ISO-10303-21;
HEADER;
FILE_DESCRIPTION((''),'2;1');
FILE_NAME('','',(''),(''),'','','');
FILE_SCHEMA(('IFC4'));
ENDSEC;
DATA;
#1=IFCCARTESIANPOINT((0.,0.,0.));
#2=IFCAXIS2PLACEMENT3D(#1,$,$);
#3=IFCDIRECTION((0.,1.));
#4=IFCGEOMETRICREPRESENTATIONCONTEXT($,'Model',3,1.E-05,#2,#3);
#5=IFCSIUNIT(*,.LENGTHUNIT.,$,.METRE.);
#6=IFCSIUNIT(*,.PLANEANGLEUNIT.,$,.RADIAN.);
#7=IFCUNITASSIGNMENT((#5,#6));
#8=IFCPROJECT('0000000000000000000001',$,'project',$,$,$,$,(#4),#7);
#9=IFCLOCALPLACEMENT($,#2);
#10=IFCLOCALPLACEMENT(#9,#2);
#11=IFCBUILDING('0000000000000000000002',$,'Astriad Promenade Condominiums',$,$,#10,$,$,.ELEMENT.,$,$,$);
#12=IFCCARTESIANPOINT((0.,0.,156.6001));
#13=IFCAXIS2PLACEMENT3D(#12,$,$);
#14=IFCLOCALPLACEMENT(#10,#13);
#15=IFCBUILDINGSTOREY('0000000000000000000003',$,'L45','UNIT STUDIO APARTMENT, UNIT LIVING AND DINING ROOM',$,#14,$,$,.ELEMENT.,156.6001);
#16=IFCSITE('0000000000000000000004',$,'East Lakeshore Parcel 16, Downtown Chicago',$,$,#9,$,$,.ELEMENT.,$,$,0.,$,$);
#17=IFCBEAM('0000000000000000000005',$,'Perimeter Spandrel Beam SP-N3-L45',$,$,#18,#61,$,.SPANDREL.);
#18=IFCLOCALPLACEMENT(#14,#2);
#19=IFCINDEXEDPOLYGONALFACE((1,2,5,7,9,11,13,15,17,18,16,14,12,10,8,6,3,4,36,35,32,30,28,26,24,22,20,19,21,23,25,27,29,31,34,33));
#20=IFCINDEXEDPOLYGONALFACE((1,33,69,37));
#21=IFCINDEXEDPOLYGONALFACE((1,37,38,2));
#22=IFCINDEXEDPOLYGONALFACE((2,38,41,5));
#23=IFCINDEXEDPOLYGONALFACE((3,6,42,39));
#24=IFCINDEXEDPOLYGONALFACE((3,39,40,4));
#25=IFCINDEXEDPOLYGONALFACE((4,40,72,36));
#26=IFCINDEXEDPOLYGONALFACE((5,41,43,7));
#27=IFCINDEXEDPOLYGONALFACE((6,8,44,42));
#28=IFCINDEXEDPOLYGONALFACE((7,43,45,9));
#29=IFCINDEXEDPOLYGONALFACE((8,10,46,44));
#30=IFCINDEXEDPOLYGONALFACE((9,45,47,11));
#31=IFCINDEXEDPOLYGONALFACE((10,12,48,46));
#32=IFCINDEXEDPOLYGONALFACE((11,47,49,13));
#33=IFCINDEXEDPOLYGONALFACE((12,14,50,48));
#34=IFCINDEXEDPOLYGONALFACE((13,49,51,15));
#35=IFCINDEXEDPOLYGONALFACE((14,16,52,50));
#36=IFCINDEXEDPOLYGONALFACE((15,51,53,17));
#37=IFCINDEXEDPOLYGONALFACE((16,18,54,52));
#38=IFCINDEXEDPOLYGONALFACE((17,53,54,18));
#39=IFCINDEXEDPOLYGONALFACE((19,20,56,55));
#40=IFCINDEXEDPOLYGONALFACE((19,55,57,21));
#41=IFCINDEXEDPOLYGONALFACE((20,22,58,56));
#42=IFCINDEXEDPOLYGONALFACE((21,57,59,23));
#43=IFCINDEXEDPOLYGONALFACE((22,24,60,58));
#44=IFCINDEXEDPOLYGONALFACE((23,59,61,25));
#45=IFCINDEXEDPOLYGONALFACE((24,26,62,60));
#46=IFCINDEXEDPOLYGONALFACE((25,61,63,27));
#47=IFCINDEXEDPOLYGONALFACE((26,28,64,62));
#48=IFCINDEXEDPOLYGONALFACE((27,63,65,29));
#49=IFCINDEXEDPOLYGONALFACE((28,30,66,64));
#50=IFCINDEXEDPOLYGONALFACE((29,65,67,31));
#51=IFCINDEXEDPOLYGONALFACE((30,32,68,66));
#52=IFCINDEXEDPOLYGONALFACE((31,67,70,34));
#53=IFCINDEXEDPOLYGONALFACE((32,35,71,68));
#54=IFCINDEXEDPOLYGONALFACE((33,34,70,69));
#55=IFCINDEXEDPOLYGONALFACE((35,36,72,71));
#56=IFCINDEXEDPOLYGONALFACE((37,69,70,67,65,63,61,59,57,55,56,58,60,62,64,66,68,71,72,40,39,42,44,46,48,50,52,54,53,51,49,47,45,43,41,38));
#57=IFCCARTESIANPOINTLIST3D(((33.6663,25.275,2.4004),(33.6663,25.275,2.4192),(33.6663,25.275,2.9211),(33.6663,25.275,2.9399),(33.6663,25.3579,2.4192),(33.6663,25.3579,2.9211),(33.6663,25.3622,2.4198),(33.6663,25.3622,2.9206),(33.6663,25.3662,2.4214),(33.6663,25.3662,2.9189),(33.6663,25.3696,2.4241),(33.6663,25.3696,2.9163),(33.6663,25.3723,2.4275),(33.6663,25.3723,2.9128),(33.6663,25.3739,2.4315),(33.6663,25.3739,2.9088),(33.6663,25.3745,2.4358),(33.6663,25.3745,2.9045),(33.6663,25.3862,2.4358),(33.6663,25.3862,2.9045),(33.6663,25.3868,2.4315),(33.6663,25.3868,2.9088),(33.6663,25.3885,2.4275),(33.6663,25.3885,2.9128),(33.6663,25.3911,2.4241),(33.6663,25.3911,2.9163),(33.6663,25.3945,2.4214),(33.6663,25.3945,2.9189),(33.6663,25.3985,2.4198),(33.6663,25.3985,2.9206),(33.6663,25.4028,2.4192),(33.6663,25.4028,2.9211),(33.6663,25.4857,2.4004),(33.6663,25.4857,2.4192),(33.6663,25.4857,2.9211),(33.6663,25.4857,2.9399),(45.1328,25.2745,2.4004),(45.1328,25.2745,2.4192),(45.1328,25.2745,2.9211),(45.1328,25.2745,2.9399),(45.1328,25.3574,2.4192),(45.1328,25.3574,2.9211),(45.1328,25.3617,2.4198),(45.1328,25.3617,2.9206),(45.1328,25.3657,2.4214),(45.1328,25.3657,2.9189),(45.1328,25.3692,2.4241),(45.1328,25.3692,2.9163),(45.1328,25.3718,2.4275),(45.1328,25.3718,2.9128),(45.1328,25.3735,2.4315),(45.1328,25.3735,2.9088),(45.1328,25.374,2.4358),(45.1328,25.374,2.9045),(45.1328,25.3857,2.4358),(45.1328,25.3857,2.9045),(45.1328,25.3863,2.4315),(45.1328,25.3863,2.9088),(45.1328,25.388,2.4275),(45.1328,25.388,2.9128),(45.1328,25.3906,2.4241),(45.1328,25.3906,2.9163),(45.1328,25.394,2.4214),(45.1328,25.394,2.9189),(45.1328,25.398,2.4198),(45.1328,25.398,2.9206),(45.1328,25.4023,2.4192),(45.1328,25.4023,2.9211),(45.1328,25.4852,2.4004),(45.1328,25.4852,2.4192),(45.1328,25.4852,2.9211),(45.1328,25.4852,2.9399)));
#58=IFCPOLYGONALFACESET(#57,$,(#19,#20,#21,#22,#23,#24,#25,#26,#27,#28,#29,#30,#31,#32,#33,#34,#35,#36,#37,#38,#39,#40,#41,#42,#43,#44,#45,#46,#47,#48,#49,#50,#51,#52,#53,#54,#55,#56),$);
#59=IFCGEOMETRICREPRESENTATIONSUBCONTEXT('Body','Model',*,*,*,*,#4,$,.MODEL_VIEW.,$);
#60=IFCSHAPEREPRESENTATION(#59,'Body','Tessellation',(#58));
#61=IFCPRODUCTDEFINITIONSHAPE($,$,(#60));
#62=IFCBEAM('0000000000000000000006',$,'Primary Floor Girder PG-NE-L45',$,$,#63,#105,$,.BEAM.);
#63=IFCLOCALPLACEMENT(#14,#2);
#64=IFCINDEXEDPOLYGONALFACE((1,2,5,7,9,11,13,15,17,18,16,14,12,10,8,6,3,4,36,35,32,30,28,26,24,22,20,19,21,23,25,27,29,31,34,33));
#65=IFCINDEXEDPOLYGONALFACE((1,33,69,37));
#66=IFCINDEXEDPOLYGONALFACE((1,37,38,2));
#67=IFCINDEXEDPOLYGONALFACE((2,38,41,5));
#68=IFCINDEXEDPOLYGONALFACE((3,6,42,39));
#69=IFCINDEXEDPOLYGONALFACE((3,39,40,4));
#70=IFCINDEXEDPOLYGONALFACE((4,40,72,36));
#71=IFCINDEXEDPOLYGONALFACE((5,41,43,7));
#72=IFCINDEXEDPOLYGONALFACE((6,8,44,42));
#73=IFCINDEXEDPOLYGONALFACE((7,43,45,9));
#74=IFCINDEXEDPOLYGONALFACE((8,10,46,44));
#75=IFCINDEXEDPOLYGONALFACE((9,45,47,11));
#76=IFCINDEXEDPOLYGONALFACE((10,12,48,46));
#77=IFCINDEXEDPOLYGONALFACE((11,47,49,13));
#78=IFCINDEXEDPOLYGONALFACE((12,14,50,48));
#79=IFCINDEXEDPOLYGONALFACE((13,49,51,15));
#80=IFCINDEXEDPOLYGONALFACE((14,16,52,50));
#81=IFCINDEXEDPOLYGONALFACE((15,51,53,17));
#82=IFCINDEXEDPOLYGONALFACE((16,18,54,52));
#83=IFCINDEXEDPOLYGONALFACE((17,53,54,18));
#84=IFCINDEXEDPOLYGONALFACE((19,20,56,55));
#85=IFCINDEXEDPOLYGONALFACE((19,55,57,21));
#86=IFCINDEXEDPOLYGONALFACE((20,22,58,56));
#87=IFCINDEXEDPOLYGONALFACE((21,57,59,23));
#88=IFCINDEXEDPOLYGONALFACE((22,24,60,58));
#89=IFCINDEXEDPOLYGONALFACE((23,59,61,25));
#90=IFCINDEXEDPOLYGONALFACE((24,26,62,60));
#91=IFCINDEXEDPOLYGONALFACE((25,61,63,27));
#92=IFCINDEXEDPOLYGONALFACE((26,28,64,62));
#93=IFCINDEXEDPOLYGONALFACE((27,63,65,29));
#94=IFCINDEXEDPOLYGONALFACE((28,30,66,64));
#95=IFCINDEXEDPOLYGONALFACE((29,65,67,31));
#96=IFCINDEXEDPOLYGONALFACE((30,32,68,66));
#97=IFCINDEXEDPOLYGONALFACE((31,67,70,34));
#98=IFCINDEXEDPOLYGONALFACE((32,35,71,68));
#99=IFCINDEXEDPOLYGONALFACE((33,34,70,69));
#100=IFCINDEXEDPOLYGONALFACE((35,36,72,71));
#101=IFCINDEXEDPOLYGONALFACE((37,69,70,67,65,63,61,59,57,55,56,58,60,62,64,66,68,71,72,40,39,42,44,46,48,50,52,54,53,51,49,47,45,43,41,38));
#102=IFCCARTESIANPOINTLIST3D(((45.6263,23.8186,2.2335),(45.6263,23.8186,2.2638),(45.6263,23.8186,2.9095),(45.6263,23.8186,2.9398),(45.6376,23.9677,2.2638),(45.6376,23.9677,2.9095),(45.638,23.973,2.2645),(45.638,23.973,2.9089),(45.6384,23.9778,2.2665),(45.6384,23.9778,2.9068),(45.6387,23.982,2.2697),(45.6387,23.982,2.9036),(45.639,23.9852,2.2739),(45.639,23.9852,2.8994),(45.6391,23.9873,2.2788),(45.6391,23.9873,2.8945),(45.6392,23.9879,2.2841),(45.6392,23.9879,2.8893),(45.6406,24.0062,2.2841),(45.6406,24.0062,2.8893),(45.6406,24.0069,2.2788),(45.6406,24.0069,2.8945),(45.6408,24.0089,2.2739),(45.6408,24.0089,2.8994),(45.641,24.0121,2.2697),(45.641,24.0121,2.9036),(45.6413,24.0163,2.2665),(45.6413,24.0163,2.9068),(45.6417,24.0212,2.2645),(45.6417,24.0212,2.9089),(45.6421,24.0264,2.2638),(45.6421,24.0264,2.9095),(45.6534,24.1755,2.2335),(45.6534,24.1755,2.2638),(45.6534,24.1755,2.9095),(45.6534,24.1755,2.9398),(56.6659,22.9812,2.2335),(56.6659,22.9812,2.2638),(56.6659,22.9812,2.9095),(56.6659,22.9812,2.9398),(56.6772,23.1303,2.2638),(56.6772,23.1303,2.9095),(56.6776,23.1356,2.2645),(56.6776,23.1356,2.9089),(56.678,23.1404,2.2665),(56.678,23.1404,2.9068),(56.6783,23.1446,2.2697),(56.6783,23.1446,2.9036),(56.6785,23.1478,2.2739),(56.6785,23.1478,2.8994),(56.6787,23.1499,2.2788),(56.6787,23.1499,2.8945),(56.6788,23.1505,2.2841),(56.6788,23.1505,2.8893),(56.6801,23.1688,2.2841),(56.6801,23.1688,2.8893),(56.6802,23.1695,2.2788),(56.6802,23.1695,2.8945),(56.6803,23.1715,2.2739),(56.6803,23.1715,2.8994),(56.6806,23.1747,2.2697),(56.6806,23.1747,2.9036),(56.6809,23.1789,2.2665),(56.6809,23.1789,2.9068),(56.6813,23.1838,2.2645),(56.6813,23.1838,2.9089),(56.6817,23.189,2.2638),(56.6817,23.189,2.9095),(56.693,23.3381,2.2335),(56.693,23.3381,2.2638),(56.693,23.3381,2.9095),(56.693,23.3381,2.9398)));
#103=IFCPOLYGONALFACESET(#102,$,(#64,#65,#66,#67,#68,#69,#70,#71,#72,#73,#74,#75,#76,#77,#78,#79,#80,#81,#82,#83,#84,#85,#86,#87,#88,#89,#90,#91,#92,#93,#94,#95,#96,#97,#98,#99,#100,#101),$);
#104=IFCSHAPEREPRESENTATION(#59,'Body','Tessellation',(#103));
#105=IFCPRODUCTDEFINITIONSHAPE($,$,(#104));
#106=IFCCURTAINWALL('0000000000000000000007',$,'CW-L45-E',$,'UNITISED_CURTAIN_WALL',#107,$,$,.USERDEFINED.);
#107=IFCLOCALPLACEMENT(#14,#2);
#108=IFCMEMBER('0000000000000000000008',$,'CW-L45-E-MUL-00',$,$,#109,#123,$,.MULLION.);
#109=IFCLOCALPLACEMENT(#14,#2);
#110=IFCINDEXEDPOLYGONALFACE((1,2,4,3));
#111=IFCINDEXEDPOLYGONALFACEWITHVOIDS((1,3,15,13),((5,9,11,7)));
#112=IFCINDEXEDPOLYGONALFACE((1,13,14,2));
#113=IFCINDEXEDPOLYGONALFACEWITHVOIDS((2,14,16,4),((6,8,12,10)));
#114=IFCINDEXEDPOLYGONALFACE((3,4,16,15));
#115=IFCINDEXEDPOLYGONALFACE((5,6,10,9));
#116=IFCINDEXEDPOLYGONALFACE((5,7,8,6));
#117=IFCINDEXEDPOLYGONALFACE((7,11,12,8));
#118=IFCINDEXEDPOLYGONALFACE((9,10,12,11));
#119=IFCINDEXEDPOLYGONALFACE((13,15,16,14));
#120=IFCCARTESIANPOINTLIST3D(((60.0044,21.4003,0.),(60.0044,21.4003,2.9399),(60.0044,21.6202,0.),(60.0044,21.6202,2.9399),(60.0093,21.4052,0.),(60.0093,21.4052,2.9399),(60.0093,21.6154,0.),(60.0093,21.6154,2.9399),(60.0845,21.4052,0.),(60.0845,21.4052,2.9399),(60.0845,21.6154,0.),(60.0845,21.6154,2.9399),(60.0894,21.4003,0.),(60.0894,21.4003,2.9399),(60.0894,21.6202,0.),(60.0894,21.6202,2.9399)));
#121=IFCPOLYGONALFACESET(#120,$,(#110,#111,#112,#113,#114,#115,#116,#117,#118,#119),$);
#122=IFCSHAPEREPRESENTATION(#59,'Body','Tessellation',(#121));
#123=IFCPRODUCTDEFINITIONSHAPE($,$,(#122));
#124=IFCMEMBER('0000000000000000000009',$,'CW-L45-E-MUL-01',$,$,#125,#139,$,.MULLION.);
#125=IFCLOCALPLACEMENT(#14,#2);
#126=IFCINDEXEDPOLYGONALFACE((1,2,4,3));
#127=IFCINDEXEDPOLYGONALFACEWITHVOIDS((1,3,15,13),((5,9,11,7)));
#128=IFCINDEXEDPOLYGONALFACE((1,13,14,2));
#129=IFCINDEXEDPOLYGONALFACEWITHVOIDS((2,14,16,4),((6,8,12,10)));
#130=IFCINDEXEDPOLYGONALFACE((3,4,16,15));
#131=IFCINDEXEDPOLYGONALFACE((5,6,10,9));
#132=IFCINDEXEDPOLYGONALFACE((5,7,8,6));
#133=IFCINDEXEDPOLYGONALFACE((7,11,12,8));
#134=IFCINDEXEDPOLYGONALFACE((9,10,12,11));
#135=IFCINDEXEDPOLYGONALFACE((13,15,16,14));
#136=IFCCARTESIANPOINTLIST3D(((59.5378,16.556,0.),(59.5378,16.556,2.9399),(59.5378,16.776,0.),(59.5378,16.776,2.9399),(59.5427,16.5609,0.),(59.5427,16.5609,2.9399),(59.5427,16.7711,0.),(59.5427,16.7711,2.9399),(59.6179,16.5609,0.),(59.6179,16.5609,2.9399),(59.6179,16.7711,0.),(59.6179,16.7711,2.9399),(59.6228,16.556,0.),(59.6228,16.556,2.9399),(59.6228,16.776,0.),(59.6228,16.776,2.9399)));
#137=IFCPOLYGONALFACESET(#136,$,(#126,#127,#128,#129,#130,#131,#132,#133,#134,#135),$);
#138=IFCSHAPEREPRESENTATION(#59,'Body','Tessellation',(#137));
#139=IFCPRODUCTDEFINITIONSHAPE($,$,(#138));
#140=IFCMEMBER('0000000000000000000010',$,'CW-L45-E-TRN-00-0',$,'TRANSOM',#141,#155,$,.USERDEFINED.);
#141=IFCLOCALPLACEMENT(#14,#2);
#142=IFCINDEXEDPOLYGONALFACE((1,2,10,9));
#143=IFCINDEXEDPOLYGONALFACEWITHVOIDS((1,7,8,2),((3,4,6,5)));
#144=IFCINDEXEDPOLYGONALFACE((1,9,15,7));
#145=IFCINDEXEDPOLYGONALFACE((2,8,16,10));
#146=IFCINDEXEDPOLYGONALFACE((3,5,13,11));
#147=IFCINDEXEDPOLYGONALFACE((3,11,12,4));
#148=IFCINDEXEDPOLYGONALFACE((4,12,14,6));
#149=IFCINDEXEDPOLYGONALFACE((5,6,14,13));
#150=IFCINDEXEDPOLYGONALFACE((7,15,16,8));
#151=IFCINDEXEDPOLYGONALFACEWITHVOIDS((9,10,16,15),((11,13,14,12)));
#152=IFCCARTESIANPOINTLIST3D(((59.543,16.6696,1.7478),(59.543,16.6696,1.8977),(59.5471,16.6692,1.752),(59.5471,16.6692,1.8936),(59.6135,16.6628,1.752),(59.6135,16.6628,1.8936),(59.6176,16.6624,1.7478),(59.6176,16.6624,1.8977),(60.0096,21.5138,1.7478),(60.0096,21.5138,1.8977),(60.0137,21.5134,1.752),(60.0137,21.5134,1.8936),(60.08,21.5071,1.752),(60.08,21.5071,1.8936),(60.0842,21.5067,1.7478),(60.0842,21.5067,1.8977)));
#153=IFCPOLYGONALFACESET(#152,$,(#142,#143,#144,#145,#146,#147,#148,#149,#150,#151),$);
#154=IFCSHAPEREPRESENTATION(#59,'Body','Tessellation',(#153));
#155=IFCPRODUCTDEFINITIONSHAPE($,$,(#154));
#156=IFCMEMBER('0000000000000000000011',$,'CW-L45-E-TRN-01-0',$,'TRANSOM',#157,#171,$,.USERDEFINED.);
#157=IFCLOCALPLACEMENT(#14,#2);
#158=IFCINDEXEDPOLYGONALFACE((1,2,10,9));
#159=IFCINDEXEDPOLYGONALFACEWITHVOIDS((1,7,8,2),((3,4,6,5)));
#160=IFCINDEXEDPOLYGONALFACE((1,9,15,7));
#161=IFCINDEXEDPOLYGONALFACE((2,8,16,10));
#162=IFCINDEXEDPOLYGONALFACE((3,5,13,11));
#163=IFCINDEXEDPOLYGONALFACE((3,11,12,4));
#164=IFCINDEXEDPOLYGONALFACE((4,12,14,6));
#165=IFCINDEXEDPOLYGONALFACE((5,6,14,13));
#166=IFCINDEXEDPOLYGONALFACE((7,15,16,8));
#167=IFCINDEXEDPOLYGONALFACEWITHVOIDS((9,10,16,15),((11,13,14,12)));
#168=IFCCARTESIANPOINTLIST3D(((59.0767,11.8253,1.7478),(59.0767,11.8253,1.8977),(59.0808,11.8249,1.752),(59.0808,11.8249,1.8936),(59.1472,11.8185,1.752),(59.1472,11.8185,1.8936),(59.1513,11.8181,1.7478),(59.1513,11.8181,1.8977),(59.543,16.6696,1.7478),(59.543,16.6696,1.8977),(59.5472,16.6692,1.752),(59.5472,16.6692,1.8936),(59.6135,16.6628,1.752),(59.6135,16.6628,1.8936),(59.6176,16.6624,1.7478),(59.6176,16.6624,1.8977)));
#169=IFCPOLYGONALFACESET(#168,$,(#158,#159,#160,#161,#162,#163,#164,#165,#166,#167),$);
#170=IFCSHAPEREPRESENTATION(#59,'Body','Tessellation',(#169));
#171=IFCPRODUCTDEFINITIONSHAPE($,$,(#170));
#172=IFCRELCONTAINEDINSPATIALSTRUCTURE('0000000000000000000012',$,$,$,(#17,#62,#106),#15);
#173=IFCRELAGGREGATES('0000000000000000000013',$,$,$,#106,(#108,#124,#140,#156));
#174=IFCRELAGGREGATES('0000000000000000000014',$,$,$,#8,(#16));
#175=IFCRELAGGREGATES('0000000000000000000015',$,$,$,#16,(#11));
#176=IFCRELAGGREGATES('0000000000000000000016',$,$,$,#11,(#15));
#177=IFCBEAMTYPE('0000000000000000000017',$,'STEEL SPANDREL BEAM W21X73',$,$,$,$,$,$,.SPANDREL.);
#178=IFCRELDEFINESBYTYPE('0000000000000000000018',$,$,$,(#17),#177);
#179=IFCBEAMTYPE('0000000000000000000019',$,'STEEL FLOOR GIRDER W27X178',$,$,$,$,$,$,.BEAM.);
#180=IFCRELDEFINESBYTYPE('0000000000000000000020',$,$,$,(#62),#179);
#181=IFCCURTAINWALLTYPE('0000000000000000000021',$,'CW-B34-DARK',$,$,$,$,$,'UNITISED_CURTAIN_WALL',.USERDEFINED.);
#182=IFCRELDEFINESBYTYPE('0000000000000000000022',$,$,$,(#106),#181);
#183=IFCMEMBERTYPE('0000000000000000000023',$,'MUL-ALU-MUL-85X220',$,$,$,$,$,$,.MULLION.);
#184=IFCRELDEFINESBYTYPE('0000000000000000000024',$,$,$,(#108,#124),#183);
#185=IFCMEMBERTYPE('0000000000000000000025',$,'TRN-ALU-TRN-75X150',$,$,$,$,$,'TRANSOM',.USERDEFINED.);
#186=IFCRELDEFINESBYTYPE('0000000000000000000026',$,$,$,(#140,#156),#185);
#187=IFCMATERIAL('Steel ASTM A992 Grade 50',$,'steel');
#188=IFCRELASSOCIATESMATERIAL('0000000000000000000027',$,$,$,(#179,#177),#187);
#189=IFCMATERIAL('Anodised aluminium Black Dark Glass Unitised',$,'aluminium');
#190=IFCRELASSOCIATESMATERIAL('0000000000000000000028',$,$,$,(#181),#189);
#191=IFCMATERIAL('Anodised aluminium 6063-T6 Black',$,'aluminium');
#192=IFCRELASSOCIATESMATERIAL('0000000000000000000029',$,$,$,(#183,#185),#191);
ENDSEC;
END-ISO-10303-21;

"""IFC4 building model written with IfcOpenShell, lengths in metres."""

from ifc_helpers import new_model, si_unit, direction, frame, origin, origin_2d, place, context, subcontext, project, spatial, hollow_rectangle, i_section, extrude, source, transform, mapped, material, material_profile, profile_set, type_object, type_shapes, element, aggregate, save


model = new_model("IFC4")

# Units and contexts
model_context = context("Model", 3, precision=1e-05, world=origin(), true_north=direction((0.0, 1.0)))
body_context = subcontext(model_context, "Body", "Model", "MODEL_VIEW")
ifc_project = project(units=[si_unit("LENGTHUNIT", "METRE"), si_unit("PLANEANGLEUNIT", "RADIAN")], contexts=[model_context])

# Site, building, storey
site_placement = place(None, origin())
site = spatial("IfcSite", under=ifc_project, at=site_placement, Name="East Lakeshore Parcel 16, Downtown Chicago", CompositionType="ELEMENT", RefElevation=0.0)
building_placement = place(site_placement, origin())
building = spatial("IfcBuilding", under=site, at=building_placement, Name="Astriad Promenade Condominiums", CompositionType="ELEMENT")
storey_placement = place(building_placement, frame((0.0, 0.0, 156.6001)))
storey = spatial("IfcBuildingStorey", under=building, at=storey_placement, Name="L45", Description="UNIT STUDIO APARTMENT, UNIT LIVING AND DINING ROOM", CompositionType="ELEMENT", Elevation=156.6001)

# Shared definitions
ifc_material_1 = material(Name="Steel ASTM A992 Grade 50", Category="steel")

# Beams
ifc_material_profile_1 = material_profile(ifc_material_1, i_section(OverallWidth=0.3579, OverallDepth=0.7063, WebThickness=0.0183, FlangeThickness=0.0303, FilletRadius=0.0203, at=origin_2d()), Name="W27X178")
ifc_profile_set_1 = profile_set([ifc_material_profile_1], Name="Steel ASTM A992 Grade 50")
beam_type_1 = type_object("IfcBeamType", Name="STEEL FLOOR GIRDER W27X178", PredefinedType="BEAM", material=ifc_profile_set_1)
ifc_material_profile_2 = material_profile(ifc_material_1, i_section(OverallWidth=0.2107, OverallDepth=0.5396, WebThickness=0.0117, FlangeThickness=0.0188, FilletRadius=0.0166, at=origin_2d()), Name="W21X73")
ifc_profile_set_2 = profile_set([ifc_material_profile_2], Name="Steel ASTM A992 Grade 50")
beam_type_2 = type_object("IfcBeamType", Name="STEEL SPANDREL BEAM W21X73", PredefinedType="SPANDREL", material=ifc_profile_set_2)
shared_shape_1 = source(origin(), body_context, "Body", "SweptSolid", [
    extrude(i_section(OverallWidth=0.2107, OverallDepth=0.5396, WebThickness=0.0117, FlangeThickness=0.0188, FilletRadius=0.0166, at=origin_2d()), origin(), (0.0, 0.0, 1.0), 11.4666),
])
type_shapes(beam_type_2, [shared_shape_1])
beam_1_placement = place(storey_placement, frame((45.1328, 25.3799, 2.6702), z_axis=(-1.0, 0.000043, 0.0), x_axis=(-0.000043, -1.0, 0.0)))
element("IfcBeam", 1, at=beam_1_placement, inside=storey, type_object=beam_type_2, Name="Perimeter Spandrel Beam SP-N3-L45", PredefinedType="SPANDREL", context=body_context, shape_type="MappedRepresentation", body=[
    mapped(shared_shape_1, transform((0.0, 0.0, 0.0), scale=1.0)),
])
shared_shape_2 = source(origin(), body_context, "Body", "SweptSolid", [
    extrude(i_section(OverallWidth=0.3579, OverallDepth=0.7063, WebThickness=0.0183, FlangeThickness=0.0303, FilletRadius=0.0203, at=origin_2d()), origin(), (0.0, 0.0, 1.0), 11.0713),
])
beam_2_placement = place(storey_placement, frame((56.6794, 23.1597, 2.5867), z_axis=(-0.997135, 0.075637, 0.0), x_axis=(-0.075637, -0.997135, 0.0)))
element("IfcBeam", 2, at=beam_2_placement, inside=storey, type_object=beam_type_1, Name="Primary Floor Girder PG-NE-L45", PredefinedType="BEAM", context=body_context, shape_type="MappedRepresentation", body=[
    mapped(shared_shape_2, transform((0.0, 0.0, 0.0), scale=1.0)),
])

# Curtain wall, members
ifc_material_2 = material(Name="Anodised aluminium Black Dark Glass Unitised", Category="aluminium")
curtain_wall_type = type_object("IfcCurtainWallType", Name="CW-B34-DARK", ElementType="UNITISED_CURTAIN_WALL", PredefinedType="USERDEFINED", material=ifc_material_2)
curtain_wall_placement = place(storey_placement, origin())
curtain_wall = element("IfcCurtainWall", 3, at=curtain_wall_placement, inside=storey, type_object=curtain_wall_type, Name="CW-L45-E", ObjectType="UNITISED_CURTAIN_WALL", PredefinedType="USERDEFINED")
ifc_material_3 = material(Name="Anodised aluminium 6063-T6 Black", Category="aluminium")
ifc_material_profile_3 = material_profile(ifc_material_3, hollow_rectangle(XDim=0.085, YDim=0.22, WallThickness=0.0049, at=origin_2d()), Name="ALU-MUL-85X220")
ifc_profile_set_3 = profile_set([ifc_material_profile_3], Name="Anodised aluminium 6063-T6 Black")
member_type_1 = type_object("IfcMemberType", Name="MUL-ALU-MUL-85X220", PredefinedType="MULLION", material=ifc_profile_set_3)
shared_shape_3 = source(origin(), body_context, "Body", "SweptSolid", [
    extrude(hollow_rectangle(XDim=0.085, YDim=0.22, WallThickness=0.0049, at=origin_2d()), origin(), (0.0, 0.0, 1.0), 2.9399),
])
type_shapes(member_type_1, [shared_shape_3])
member_1_placement = place(storey_placement, frame((60.0469, 21.5103, 0.0), z_axis=(0.0, 0.0, 1.0), x_axis=(1.0, 0.0, 0.0)))
member_1 = element("IfcMember", 4, at=member_1_placement, type_object=member_type_1, Name="CW-L45-E-MUL-00", PredefinedType="MULLION", context=body_context, shape_type="MappedRepresentation", body=[
    mapped(shared_shape_3, transform((0.0, 0.0, 0.0), scale=1.0)),
])
member_2_placement = place(storey_placement, frame((59.5803, 16.666, 0.0), z_axis=(0.0, 0.0, 1.0), x_axis=(1.0, 0.0, 0.0)))
member_2 = element("IfcMember", 5, at=member_2_placement, type_object=member_type_1, Name="CW-L45-E-MUL-01", PredefinedType="MULLION", context=body_context, shape_type="MappedRepresentation", body=[
    mapped(shared_shape_3, transform((0.0, 0.0, 0.0), scale=1.0)),
])
ifc_material_profile_4 = material_profile(ifc_material_3, hollow_rectangle(XDim=0.075, YDim=0.1499, WallThickness=0.0042, at=origin_2d()), Name="ALU-TRN-75X150")
ifc_profile_set_4 = profile_set([ifc_material_profile_4], Name="Anodised aluminium 6063-T6 Black")
member_type_2 = type_object("IfcMemberType", Name="TRN-ALU-TRN-75X150", ElementType="TRANSOM", PredefinedType="USERDEFINED", material=ifc_profile_set_4)
shared_shape_4 = source(origin(), body_context, "Body", "SweptSolid", [
    extrude(hollow_rectangle(XDim=0.075, YDim=0.1499, WallThickness=0.0042, at=origin_2d()), origin(), (0.0, 0.0, 1.0), 4.8667),
])
type_shapes(member_type_2, [shared_shape_4])
member_3_placement = place(storey_placement, frame((60.0469, 21.5103, 1.8228), z_axis=(-0.095867, -0.995394, 0.0), x_axis=(0.995394, -0.095867, 0.0)))
member_3 = element("IfcMember", 6, at=member_3_placement, type_object=member_type_2, Name="CW-L45-E-TRN-00-0", ObjectType="TRANSOM", PredefinedType="USERDEFINED", context=body_context, shape_type="MappedRepresentation", body=[
    mapped(shared_shape_4, transform((0.0, 0.0, 0.0), scale=1.0)),
])
member_4_placement = place(storey_placement, frame((59.5803, 16.666, 1.8228), z_axis=(-0.095818, -0.995399, 0.0), x_axis=(0.995399, -0.095818, 0.0)))
member_4 = element("IfcMember", 7, at=member_4_placement, type_object=member_type_2, Name="CW-L45-E-TRN-01-0", ObjectType="TRANSOM", PredefinedType="USERDEFINED", context=body_context, shape_type="MappedRepresentation", body=[
    mapped(shared_shape_4, transform((0.0, 0.0, 0.0), scale=1.0)),
])
aggregate(curtain_wall, [member_1, member_2, member_3, member_4])

save(model, "model.ifc")
